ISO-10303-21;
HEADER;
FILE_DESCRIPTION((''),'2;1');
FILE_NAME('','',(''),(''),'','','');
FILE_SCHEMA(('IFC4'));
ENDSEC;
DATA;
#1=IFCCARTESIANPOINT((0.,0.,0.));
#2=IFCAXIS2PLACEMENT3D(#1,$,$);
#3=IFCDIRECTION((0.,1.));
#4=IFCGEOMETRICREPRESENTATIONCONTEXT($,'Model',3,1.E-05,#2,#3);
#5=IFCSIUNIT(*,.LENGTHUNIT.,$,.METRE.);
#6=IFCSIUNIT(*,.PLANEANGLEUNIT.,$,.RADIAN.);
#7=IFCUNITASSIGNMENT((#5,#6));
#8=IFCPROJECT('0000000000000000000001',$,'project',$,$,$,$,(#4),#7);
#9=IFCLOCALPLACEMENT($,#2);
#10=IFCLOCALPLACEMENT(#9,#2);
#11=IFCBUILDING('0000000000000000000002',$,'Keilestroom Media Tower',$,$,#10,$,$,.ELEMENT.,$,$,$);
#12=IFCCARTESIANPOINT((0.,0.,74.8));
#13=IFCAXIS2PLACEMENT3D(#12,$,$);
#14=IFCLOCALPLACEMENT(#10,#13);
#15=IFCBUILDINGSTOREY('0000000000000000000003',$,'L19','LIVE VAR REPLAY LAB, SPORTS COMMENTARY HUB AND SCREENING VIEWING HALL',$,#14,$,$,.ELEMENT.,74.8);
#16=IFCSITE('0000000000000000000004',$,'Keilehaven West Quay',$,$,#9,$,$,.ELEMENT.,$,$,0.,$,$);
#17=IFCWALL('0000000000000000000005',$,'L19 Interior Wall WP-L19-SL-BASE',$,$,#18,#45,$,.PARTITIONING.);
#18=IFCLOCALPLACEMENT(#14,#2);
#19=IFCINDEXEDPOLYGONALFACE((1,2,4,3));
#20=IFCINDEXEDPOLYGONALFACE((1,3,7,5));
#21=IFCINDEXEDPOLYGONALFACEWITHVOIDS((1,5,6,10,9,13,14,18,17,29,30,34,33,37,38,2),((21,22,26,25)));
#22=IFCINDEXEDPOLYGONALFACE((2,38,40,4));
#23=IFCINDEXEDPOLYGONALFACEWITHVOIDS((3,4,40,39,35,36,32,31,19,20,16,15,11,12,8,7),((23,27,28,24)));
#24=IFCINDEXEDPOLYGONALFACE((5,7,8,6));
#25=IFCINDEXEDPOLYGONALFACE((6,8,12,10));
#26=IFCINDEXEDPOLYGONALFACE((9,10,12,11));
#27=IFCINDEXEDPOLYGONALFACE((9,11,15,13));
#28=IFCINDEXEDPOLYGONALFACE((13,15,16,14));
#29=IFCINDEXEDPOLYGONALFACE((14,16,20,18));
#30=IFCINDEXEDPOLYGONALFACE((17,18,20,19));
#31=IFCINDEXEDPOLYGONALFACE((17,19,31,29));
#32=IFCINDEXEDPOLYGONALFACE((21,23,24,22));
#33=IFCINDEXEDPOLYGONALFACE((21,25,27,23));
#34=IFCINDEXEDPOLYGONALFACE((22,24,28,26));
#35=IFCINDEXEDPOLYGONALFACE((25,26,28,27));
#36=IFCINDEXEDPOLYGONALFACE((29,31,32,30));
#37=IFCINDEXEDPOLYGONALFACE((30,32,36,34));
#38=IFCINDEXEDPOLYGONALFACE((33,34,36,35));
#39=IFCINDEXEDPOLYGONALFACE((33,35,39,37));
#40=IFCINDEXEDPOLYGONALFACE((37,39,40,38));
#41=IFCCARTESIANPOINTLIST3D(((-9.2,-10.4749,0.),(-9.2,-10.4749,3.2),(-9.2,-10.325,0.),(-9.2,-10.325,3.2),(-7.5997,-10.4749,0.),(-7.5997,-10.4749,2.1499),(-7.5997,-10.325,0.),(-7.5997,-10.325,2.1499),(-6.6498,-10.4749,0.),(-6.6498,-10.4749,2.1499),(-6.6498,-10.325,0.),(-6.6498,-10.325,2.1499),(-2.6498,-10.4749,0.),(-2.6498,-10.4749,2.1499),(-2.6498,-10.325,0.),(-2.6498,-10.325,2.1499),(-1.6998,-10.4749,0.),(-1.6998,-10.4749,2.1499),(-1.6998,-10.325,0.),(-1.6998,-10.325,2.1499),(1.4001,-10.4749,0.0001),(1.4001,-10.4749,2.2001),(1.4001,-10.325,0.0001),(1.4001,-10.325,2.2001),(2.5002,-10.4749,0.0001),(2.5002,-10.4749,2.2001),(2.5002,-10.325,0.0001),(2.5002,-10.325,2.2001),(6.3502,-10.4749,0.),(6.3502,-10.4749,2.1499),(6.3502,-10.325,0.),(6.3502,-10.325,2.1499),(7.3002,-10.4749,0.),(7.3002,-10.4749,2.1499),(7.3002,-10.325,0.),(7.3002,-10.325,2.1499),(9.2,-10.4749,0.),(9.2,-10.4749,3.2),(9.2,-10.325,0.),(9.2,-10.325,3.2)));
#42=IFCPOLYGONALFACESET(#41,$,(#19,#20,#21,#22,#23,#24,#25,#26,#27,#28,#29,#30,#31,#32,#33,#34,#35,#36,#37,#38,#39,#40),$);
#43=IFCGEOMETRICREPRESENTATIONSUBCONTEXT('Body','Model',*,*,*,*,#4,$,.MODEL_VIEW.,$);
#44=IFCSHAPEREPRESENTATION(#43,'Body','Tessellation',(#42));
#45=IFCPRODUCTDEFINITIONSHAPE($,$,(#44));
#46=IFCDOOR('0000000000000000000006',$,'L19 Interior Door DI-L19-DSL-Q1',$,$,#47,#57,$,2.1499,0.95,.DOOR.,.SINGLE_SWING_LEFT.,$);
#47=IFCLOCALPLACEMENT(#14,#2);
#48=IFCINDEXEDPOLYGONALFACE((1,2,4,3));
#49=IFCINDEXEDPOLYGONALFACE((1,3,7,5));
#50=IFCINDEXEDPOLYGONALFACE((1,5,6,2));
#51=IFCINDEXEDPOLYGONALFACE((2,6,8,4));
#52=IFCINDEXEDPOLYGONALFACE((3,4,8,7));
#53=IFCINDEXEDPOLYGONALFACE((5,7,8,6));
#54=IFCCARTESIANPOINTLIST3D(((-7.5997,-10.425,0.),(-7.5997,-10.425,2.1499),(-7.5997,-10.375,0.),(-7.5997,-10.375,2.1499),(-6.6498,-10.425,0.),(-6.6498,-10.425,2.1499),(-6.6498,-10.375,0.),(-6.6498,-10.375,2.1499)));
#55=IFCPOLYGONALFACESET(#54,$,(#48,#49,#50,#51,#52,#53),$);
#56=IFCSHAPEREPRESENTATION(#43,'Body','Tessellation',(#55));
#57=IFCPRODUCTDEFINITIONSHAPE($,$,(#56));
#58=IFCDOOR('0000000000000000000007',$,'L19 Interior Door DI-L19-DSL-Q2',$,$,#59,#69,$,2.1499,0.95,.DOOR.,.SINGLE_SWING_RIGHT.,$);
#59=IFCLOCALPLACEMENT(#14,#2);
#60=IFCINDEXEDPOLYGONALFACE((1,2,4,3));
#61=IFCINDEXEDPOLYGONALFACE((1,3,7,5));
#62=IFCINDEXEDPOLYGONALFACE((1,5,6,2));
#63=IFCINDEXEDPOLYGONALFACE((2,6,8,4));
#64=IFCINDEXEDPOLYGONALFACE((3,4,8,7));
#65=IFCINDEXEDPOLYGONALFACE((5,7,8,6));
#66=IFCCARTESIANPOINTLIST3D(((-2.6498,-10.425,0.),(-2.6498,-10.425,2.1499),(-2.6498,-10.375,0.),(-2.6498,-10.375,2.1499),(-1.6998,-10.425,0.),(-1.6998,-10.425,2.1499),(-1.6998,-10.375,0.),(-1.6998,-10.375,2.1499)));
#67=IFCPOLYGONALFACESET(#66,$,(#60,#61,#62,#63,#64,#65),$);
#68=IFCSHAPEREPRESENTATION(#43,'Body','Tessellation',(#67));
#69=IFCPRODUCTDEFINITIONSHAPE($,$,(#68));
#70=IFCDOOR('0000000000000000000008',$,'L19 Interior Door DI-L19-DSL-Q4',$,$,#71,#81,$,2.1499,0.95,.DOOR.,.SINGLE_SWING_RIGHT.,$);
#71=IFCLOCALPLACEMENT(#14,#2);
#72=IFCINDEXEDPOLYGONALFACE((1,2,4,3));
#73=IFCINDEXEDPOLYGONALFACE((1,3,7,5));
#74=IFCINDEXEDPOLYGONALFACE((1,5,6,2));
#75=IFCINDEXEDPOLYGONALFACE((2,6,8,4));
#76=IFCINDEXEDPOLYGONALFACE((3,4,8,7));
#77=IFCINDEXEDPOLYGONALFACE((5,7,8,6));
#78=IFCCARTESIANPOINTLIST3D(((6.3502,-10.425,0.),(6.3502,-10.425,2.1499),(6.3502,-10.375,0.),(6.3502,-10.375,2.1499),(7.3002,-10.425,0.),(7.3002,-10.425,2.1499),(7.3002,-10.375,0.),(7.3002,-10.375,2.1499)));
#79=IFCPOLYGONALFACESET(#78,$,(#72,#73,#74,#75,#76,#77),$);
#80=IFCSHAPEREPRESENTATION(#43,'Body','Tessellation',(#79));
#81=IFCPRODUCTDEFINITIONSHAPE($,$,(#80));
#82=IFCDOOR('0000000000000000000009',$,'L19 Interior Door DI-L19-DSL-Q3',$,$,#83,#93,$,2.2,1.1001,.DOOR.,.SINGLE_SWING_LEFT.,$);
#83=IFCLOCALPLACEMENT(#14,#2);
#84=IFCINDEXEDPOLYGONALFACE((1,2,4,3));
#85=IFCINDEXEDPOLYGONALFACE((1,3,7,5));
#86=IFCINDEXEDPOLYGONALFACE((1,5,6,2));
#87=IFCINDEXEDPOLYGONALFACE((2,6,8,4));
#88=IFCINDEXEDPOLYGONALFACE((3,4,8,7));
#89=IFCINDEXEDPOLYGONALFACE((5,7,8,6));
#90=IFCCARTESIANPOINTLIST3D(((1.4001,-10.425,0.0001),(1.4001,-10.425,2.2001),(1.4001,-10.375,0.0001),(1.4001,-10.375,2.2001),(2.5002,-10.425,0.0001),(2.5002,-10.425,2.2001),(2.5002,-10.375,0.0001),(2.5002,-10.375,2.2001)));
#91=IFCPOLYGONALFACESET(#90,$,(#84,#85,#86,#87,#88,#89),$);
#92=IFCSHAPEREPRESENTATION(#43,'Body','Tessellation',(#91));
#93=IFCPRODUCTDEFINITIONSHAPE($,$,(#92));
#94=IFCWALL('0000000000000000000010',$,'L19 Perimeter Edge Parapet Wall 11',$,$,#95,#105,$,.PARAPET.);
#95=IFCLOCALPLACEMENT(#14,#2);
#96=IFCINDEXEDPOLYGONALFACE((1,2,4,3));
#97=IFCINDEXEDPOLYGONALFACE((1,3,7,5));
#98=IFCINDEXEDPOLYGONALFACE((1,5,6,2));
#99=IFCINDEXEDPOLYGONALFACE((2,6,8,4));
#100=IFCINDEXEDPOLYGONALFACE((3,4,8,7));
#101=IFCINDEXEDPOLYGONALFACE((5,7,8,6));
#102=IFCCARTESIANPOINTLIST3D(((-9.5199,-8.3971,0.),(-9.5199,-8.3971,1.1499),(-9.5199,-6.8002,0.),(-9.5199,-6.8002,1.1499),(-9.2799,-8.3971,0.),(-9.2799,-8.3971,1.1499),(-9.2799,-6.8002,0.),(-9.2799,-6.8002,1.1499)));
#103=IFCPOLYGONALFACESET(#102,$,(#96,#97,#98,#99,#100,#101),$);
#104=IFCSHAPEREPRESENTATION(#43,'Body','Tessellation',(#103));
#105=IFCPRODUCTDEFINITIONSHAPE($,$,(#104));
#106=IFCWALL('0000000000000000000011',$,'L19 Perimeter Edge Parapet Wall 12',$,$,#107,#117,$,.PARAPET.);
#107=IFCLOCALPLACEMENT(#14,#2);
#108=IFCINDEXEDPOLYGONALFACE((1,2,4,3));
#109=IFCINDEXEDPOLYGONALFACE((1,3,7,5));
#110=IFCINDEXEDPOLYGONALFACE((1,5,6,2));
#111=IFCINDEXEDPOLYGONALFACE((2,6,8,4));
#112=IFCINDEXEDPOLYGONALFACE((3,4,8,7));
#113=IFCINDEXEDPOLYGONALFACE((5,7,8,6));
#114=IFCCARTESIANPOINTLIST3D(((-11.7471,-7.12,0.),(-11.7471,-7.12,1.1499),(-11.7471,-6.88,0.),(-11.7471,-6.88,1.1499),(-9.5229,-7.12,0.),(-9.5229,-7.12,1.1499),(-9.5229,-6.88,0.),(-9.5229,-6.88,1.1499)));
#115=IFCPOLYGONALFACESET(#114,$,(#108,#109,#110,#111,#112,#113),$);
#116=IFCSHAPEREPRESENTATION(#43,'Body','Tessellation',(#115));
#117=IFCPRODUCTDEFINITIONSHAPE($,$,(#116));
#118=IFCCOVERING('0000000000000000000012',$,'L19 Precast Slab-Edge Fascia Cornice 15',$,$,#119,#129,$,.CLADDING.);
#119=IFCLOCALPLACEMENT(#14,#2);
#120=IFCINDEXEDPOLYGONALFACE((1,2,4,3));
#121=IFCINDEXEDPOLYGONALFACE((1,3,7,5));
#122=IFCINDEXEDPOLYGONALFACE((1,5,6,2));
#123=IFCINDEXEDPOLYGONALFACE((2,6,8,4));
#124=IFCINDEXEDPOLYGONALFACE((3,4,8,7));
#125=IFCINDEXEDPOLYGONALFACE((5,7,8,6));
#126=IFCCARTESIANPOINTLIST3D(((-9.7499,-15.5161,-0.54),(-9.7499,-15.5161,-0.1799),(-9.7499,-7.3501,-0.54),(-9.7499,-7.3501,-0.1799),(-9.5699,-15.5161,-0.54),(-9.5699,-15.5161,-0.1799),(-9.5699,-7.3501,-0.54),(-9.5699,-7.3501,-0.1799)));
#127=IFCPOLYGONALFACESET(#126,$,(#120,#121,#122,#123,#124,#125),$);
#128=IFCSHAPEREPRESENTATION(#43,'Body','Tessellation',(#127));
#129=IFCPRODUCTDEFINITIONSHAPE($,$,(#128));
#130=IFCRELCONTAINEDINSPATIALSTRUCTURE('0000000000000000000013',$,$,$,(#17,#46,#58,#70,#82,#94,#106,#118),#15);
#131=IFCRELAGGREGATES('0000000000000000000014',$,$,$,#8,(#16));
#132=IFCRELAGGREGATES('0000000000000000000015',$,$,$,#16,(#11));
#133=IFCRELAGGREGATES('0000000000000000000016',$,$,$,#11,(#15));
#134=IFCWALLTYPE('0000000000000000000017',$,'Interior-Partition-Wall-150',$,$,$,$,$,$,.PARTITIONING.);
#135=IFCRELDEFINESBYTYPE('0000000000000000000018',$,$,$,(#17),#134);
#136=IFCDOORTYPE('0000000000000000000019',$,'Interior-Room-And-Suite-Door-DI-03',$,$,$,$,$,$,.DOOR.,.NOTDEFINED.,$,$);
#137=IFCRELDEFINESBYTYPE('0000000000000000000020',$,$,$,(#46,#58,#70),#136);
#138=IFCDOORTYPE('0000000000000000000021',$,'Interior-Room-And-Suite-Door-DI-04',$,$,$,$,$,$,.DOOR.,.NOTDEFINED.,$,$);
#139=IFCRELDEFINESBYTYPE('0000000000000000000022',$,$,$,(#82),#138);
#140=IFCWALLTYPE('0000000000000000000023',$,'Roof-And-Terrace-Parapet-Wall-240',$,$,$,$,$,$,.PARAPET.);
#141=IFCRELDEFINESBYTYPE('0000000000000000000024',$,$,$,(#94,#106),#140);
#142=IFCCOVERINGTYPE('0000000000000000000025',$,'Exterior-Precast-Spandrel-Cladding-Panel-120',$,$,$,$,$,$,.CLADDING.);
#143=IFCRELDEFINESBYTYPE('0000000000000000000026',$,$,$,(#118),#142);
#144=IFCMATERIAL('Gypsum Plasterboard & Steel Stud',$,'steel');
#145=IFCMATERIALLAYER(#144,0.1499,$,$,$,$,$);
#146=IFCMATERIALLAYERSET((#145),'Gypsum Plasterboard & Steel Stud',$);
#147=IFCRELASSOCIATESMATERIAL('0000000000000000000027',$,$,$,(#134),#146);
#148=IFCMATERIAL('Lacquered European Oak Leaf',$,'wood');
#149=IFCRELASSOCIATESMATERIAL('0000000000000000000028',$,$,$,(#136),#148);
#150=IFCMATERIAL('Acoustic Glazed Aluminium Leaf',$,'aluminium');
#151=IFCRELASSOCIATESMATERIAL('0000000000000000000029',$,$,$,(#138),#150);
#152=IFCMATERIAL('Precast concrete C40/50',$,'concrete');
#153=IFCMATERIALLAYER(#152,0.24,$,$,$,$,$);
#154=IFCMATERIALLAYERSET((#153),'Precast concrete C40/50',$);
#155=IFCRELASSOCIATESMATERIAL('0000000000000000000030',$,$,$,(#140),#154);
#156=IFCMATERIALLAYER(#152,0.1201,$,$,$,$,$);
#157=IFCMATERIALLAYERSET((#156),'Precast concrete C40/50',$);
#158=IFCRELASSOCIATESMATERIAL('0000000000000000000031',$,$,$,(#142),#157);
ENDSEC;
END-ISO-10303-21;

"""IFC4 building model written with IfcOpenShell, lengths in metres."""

from ifc_helpers import new_model, si_unit, direction, frame, frame_2d, origin, origin_2d, place, context, subcontext, project, spatial, rectangle, extrude, source, transform, mapped, material, layer, layer_set, type_object, element, fill, save


model = new_model("IFC4")

# Units and contexts
model_context = context("Model", 3, precision=1e-05, world=origin(), true_north=direction((0.0, 1.0)))
body_context = subcontext(model_context, "Body", "Model", "MODEL_VIEW")
ifc_project = project(units=[si_unit("LENGTHUNIT", "METRE"), si_unit("PLANEANGLEUNIT", "RADIAN")], contexts=[model_context])

# Site, building, storey
site_placement = place(None, origin())
site = spatial("IfcSite", under=ifc_project, at=site_placement, Name="Keilehaven West Quay", CompositionType="ELEMENT", RefElevation=0.0)
building_placement = place(site_placement, origin())
building = spatial("IfcBuilding", under=site, at=building_placement, Name="Keilestroom Media Tower", CompositionType="ELEMENT")
storey_placement = place(building_placement, frame((0.0, 0.0, 74.8)))
storey = spatial("IfcBuildingStorey", under=building, at=storey_placement, Name="L19", Description="LIVE VAR REPLAY LAB, SPORTS COMMENTARY HUB AND SCREENING VIEWING HALL", CompositionType="ELEMENT", Elevation=74.8)

# Wall, openings, doors
ifc_material_1 = material(Name="Gypsum Plasterboard & Steel Stud", Category="steel")
ifc_layer_1 = layer(ifc_material_1, 0.1499)
ifc_layer_set_1 = layer_set([ifc_layer_1], Name="Gypsum Plasterboard & Steel Stud")
wall_type_1 = type_object("IfcWallType", Name="Interior-Partition-Wall-150", PredefinedType="PARTITIONING", material=ifc_layer_set_1)
wall_1_placement = place(storey_placement, frame((-9.2, -10.3999, 0.0), z_axis=(0.0, 0.0, 1.0), x_axis=(1.0, 0.0, 0.0)))
wall_1 = element("IfcWall", 1, at=wall_1_placement, inside=storey, type_object=wall_type_1, Name="L19 Interior Wall WP-L19-SL-BASE", PredefinedType="PARTITIONING", context=body_context, shape_type="SweptSolid", body=[
    extrude(rectangle(XDim=18.3999, YDim=0.1499, at=frame_2d((9.2, 0.0))), origin(), (0.0, 0.0, 1.0), 3.2),
])
opening_1_placement = place(wall_1_placement, frame((1.6001, 0.0, 0.0)))
opening_1 = element("IfcOpeningElement", 2, at=opening_1_placement, cuts=wall_1, PredefinedType="OPENING", context=body_context, shape_type="SweptSolid", body=[
    extrude(rectangle(XDim=0.95, YDim=2.1499, at=frame_2d((0.4751, 1.075))), frame((0.0, 0.085, 0.0), z_axis=(0.0, -1.0, 0.0), x_axis=(1.0, 0.0, 0.0)), (0.0, 0.0, 1.0), 0.1699),
])
opening_2_placement = place(wall_1_placement, frame((6.55, 0.0, 0.0)))
opening_2 = element("IfcOpeningElement", 3, at=opening_2_placement, cuts=wall_1, PredefinedType="OPENING", context=body_context, shape_type="SweptSolid", body=[
    extrude(rectangle(XDim=0.95, YDim=2.1499, at=frame_2d((0.4751, 1.075))), frame((0.0, 0.085, 0.0), z_axis=(0.0, -1.0, 0.0), x_axis=(1.0, 0.0, 0.0)), (0.0, 0.0, 1.0), 0.1699),
])
opening_3_placement = place(wall_1_placement, frame((10.6001, 0.0, 0.0)))
opening_3 = element("IfcOpeningElement", 4, at=opening_3_placement, cuts=wall_1, PredefinedType="OPENING", context=body_context, shape_type="SweptSolid", body=[
    extrude(rectangle(XDim=1.1001, YDim=2.2, at=frame_2d((0.55, 1.1001))), frame((0.0, 0.085, 0.0), z_axis=(0.0, -1.0, 0.0), x_axis=(1.0, 0.0, 0.0)), (0.0, 0.0, 1.0), 0.1699),
])
opening_4_placement = place(wall_1_placement, frame((15.55, 0.0, 0.0)))
opening_4 = element("IfcOpeningElement", 5, at=opening_4_placement, cuts=wall_1, PredefinedType="OPENING", context=body_context, shape_type="SweptSolid", body=[
    extrude(rectangle(XDim=0.95, YDim=2.1499, at=frame_2d((0.4751, 1.075))), frame((0.0, 0.085, 0.0), z_axis=(0.0, -1.0, 0.0), x_axis=(1.0, 0.0, 0.0)), (0.0, 0.0, 1.0), 0.1699),
])
ifc_material_2 = material(Name="Lacquered European Oak Leaf", Category="wood")
door_type_1 = type_object("IfcDoorType", Name="Interior-Room-And-Suite-Door-DI-03", OperationType="NOTDEFINED", PredefinedType="DOOR", material=ifc_material_2)
shared_shape_1 = source(origin(), body_context, "Body", "SweptSolid", [
    extrude(rectangle(XDim=0.95, YDim=2.1499, at=frame_2d((0.4751, 1.075))), frame((0.0, 0.0249, 0.0), z_axis=(0.0, -1.0, 0.0), x_axis=(1.0, 0.0, 0.0)), (0.0, 0.0, 1.0), 0.05),
])
door_1_placement = place(opening_1_placement, origin())
door_1 = element("IfcDoor", 6, at=door_1_placement, inside=storey, type_object=door_type_1, Name="L19 Interior Door DI-L19-DSL-Q1", OperationType="SINGLE_SWING_LEFT", OverallHeight=2.1499, OverallWidth=0.95, PredefinedType="DOOR", context=body_context, shape_type="MappedRepresentation", body=[
    mapped(shared_shape_1, transform((0.0, 0.0, 0.0), x_axis=(1.0, 0.0, 0.0), y_axis=(0.0, 1.0, 0.0), z_axis=(0.0, 0.0, 1.0), scale=1.0)),
])
fill(opening_1, door_1)
door_2_placement = place(opening_2_placement, origin())
door_2 = element("IfcDoor", 7, at=door_2_placement, inside=storey, type_object=door_type_1, Name="L19 Interior Door DI-L19-DSL-Q2", OperationType="SINGLE_SWING_RIGHT", OverallHeight=2.1499, OverallWidth=0.95, PredefinedType="DOOR", context=body_context, shape_type="MappedRepresentation", body=[
    mapped(shared_shape_1, transform((0.0, 0.0, 0.0), x_axis=(1.0, 0.0, 0.0), y_axis=(0.0, 1.0, 0.0), z_axis=(0.0, 0.0, 1.0), scale=1.0)),
])
fill(opening_2, door_2)
door_3_placement = place(opening_4_placement, origin())
door_3 = element("IfcDoor", 8, at=door_3_placement, inside=storey, type_object=door_type_1, Name="L19 Interior Door DI-L19-DSL-Q4", OperationType="SINGLE_SWING_RIGHT", OverallHeight=2.1499, OverallWidth=0.95, PredefinedType="DOOR", context=body_context, shape_type="MappedRepresentation", body=[
    mapped(shared_shape_1, transform((0.0, 0.0, 0.0), x_axis=(1.0, 0.0, 0.0), y_axis=(0.0, 1.0, 0.0), z_axis=(0.0, 0.0, 1.0), scale=1.0)),
])
fill(opening_4, door_3)
ifc_material_3 = material(Name="Acoustic Glazed Aluminium Leaf", Category="aluminium")
door_type_2 = type_object("IfcDoorType", Name="Interior-Room-And-Suite-Door-DI-04", OperationType="NOTDEFINED", PredefinedType="DOOR", material=ifc_material_3)
shared_shape_2 = source(origin(), body_context, "Body", "SweptSolid", [
    extrude(rectangle(XDim=1.1001, YDim=2.2, at=frame_2d((0.55, 1.1001))), frame((0.0, 0.0249, 0.0), z_axis=(0.0, -1.0, 0.0), x_axis=(1.0, 0.0, 0.0)), (0.0, 0.0, 1.0), 0.05),
])
door_4_placement = place(opening_3_placement, origin())
door_4 = element("IfcDoor", 9, at=door_4_placement, inside=storey, type_object=door_type_2, Name="L19 Interior Door DI-L19-DSL-Q3", OperationType="SINGLE_SWING_LEFT", OverallHeight=2.2, OverallWidth=1.1001, PredefinedType="DOOR", context=body_context, shape_type="MappedRepresentation", body=[
    mapped(shared_shape_2, transform((0.0, 0.0, 0.0), x_axis=(1.0, 0.0, 0.0), y_axis=(0.0, 1.0, 0.0), z_axis=(0.0, 0.0, 1.0), scale=1.0)),
])
fill(opening_3, door_4)

# Walls
ifc_material_4 = material(Name="Precast concrete C40/50", Category="concrete")
ifc_layer_2 = layer(ifc_material_4, 0.24)
ifc_layer_set_2 = layer_set([ifc_layer_2], Name="Precast concrete C40/50")
wall_type_2 = type_object("IfcWallType", Name="Roof-And-Terrace-Parapet-Wall-240", PredefinedType="PARAPET", material=ifc_layer_set_2)
wall_2_placement = place(storey_placement, frame((-9.3999, -8.397, 0.0), z_axis=(0.0, 0.0, 1.0), x_axis=(0.0, 1.0, 0.0)))
element("IfcWall", 10, at=wall_2_placement, inside=storey, type_object=wall_type_2, Name="L19 Perimeter Edge Parapet Wall 11", PredefinedType="PARAPET", context=body_context, shape_type="SweptSolid", body=[
    extrude(rectangle(XDim=1.5969, YDim=0.24, at=frame_2d((0.7983, 0.0))), origin(), (0.0, 0.0, 1.0), 1.1499),
])
wall_3_placement = place(storey_placement, frame((-9.5229, -7.0, 0.0), z_axis=(0.0, 0.0, 1.0), x_axis=(-1.0, 0.0, 0.0)))
element("IfcWall", 11, at=wall_3_placement, inside=storey, type_object=wall_type_2, Name="L19 Perimeter Edge Parapet Wall 12", PredefinedType="PARAPET", context=body_context, shape_type="SweptSolid", body=[
    extrude(rectangle(XDim=2.2241, YDim=0.24, at=frame_2d((1.1121, 0.0))), origin(), (0.0, 0.0, 1.0), 1.1499),
])

# Covering
ifc_layer_3 = layer(ifc_material_4, 0.1201)
ifc_layer_set_3 = layer_set([ifc_layer_3], Name="Precast concrete C40/50")
covering_type = type_object("IfcCoveringType", Name="Exterior-Precast-Spandrel-Cladding-Panel-120", PredefinedType="CLADDING", material=ifc_layer_set_3)
shared_shape_3 = source(origin(), body_context, "Body", "SweptSolid", [
    extrude(rectangle(XDim=8.166, YDim=0.1799, at=origin_2d()), origin(), (0.0, 0.0, 1.0), 0.3601),
])
covering_placement = place(storey_placement, frame((-9.6599, -11.4331, -0.54), z_axis=(0.0, 0.0, 1.0), x_axis=(0.0, 1.0, 0.0)))
element("IfcCovering", 12, at=covering_placement, inside=storey, type_object=covering_type, Name="L19 Precast Slab-Edge Fascia Cornice 15", PredefinedType="CLADDING", context=body_context, shape_type="MappedRepresentation", body=[
    mapped(shared_shape_3, transform((0.0, 0.0, 0.0), x_axis=(1.0, 0.0, 0.0), y_axis=(0.0, 1.0, 0.0), z_axis=(0.0, 0.0, 1.0), scale=1.0)),
])

save(model, "model.ifc")
